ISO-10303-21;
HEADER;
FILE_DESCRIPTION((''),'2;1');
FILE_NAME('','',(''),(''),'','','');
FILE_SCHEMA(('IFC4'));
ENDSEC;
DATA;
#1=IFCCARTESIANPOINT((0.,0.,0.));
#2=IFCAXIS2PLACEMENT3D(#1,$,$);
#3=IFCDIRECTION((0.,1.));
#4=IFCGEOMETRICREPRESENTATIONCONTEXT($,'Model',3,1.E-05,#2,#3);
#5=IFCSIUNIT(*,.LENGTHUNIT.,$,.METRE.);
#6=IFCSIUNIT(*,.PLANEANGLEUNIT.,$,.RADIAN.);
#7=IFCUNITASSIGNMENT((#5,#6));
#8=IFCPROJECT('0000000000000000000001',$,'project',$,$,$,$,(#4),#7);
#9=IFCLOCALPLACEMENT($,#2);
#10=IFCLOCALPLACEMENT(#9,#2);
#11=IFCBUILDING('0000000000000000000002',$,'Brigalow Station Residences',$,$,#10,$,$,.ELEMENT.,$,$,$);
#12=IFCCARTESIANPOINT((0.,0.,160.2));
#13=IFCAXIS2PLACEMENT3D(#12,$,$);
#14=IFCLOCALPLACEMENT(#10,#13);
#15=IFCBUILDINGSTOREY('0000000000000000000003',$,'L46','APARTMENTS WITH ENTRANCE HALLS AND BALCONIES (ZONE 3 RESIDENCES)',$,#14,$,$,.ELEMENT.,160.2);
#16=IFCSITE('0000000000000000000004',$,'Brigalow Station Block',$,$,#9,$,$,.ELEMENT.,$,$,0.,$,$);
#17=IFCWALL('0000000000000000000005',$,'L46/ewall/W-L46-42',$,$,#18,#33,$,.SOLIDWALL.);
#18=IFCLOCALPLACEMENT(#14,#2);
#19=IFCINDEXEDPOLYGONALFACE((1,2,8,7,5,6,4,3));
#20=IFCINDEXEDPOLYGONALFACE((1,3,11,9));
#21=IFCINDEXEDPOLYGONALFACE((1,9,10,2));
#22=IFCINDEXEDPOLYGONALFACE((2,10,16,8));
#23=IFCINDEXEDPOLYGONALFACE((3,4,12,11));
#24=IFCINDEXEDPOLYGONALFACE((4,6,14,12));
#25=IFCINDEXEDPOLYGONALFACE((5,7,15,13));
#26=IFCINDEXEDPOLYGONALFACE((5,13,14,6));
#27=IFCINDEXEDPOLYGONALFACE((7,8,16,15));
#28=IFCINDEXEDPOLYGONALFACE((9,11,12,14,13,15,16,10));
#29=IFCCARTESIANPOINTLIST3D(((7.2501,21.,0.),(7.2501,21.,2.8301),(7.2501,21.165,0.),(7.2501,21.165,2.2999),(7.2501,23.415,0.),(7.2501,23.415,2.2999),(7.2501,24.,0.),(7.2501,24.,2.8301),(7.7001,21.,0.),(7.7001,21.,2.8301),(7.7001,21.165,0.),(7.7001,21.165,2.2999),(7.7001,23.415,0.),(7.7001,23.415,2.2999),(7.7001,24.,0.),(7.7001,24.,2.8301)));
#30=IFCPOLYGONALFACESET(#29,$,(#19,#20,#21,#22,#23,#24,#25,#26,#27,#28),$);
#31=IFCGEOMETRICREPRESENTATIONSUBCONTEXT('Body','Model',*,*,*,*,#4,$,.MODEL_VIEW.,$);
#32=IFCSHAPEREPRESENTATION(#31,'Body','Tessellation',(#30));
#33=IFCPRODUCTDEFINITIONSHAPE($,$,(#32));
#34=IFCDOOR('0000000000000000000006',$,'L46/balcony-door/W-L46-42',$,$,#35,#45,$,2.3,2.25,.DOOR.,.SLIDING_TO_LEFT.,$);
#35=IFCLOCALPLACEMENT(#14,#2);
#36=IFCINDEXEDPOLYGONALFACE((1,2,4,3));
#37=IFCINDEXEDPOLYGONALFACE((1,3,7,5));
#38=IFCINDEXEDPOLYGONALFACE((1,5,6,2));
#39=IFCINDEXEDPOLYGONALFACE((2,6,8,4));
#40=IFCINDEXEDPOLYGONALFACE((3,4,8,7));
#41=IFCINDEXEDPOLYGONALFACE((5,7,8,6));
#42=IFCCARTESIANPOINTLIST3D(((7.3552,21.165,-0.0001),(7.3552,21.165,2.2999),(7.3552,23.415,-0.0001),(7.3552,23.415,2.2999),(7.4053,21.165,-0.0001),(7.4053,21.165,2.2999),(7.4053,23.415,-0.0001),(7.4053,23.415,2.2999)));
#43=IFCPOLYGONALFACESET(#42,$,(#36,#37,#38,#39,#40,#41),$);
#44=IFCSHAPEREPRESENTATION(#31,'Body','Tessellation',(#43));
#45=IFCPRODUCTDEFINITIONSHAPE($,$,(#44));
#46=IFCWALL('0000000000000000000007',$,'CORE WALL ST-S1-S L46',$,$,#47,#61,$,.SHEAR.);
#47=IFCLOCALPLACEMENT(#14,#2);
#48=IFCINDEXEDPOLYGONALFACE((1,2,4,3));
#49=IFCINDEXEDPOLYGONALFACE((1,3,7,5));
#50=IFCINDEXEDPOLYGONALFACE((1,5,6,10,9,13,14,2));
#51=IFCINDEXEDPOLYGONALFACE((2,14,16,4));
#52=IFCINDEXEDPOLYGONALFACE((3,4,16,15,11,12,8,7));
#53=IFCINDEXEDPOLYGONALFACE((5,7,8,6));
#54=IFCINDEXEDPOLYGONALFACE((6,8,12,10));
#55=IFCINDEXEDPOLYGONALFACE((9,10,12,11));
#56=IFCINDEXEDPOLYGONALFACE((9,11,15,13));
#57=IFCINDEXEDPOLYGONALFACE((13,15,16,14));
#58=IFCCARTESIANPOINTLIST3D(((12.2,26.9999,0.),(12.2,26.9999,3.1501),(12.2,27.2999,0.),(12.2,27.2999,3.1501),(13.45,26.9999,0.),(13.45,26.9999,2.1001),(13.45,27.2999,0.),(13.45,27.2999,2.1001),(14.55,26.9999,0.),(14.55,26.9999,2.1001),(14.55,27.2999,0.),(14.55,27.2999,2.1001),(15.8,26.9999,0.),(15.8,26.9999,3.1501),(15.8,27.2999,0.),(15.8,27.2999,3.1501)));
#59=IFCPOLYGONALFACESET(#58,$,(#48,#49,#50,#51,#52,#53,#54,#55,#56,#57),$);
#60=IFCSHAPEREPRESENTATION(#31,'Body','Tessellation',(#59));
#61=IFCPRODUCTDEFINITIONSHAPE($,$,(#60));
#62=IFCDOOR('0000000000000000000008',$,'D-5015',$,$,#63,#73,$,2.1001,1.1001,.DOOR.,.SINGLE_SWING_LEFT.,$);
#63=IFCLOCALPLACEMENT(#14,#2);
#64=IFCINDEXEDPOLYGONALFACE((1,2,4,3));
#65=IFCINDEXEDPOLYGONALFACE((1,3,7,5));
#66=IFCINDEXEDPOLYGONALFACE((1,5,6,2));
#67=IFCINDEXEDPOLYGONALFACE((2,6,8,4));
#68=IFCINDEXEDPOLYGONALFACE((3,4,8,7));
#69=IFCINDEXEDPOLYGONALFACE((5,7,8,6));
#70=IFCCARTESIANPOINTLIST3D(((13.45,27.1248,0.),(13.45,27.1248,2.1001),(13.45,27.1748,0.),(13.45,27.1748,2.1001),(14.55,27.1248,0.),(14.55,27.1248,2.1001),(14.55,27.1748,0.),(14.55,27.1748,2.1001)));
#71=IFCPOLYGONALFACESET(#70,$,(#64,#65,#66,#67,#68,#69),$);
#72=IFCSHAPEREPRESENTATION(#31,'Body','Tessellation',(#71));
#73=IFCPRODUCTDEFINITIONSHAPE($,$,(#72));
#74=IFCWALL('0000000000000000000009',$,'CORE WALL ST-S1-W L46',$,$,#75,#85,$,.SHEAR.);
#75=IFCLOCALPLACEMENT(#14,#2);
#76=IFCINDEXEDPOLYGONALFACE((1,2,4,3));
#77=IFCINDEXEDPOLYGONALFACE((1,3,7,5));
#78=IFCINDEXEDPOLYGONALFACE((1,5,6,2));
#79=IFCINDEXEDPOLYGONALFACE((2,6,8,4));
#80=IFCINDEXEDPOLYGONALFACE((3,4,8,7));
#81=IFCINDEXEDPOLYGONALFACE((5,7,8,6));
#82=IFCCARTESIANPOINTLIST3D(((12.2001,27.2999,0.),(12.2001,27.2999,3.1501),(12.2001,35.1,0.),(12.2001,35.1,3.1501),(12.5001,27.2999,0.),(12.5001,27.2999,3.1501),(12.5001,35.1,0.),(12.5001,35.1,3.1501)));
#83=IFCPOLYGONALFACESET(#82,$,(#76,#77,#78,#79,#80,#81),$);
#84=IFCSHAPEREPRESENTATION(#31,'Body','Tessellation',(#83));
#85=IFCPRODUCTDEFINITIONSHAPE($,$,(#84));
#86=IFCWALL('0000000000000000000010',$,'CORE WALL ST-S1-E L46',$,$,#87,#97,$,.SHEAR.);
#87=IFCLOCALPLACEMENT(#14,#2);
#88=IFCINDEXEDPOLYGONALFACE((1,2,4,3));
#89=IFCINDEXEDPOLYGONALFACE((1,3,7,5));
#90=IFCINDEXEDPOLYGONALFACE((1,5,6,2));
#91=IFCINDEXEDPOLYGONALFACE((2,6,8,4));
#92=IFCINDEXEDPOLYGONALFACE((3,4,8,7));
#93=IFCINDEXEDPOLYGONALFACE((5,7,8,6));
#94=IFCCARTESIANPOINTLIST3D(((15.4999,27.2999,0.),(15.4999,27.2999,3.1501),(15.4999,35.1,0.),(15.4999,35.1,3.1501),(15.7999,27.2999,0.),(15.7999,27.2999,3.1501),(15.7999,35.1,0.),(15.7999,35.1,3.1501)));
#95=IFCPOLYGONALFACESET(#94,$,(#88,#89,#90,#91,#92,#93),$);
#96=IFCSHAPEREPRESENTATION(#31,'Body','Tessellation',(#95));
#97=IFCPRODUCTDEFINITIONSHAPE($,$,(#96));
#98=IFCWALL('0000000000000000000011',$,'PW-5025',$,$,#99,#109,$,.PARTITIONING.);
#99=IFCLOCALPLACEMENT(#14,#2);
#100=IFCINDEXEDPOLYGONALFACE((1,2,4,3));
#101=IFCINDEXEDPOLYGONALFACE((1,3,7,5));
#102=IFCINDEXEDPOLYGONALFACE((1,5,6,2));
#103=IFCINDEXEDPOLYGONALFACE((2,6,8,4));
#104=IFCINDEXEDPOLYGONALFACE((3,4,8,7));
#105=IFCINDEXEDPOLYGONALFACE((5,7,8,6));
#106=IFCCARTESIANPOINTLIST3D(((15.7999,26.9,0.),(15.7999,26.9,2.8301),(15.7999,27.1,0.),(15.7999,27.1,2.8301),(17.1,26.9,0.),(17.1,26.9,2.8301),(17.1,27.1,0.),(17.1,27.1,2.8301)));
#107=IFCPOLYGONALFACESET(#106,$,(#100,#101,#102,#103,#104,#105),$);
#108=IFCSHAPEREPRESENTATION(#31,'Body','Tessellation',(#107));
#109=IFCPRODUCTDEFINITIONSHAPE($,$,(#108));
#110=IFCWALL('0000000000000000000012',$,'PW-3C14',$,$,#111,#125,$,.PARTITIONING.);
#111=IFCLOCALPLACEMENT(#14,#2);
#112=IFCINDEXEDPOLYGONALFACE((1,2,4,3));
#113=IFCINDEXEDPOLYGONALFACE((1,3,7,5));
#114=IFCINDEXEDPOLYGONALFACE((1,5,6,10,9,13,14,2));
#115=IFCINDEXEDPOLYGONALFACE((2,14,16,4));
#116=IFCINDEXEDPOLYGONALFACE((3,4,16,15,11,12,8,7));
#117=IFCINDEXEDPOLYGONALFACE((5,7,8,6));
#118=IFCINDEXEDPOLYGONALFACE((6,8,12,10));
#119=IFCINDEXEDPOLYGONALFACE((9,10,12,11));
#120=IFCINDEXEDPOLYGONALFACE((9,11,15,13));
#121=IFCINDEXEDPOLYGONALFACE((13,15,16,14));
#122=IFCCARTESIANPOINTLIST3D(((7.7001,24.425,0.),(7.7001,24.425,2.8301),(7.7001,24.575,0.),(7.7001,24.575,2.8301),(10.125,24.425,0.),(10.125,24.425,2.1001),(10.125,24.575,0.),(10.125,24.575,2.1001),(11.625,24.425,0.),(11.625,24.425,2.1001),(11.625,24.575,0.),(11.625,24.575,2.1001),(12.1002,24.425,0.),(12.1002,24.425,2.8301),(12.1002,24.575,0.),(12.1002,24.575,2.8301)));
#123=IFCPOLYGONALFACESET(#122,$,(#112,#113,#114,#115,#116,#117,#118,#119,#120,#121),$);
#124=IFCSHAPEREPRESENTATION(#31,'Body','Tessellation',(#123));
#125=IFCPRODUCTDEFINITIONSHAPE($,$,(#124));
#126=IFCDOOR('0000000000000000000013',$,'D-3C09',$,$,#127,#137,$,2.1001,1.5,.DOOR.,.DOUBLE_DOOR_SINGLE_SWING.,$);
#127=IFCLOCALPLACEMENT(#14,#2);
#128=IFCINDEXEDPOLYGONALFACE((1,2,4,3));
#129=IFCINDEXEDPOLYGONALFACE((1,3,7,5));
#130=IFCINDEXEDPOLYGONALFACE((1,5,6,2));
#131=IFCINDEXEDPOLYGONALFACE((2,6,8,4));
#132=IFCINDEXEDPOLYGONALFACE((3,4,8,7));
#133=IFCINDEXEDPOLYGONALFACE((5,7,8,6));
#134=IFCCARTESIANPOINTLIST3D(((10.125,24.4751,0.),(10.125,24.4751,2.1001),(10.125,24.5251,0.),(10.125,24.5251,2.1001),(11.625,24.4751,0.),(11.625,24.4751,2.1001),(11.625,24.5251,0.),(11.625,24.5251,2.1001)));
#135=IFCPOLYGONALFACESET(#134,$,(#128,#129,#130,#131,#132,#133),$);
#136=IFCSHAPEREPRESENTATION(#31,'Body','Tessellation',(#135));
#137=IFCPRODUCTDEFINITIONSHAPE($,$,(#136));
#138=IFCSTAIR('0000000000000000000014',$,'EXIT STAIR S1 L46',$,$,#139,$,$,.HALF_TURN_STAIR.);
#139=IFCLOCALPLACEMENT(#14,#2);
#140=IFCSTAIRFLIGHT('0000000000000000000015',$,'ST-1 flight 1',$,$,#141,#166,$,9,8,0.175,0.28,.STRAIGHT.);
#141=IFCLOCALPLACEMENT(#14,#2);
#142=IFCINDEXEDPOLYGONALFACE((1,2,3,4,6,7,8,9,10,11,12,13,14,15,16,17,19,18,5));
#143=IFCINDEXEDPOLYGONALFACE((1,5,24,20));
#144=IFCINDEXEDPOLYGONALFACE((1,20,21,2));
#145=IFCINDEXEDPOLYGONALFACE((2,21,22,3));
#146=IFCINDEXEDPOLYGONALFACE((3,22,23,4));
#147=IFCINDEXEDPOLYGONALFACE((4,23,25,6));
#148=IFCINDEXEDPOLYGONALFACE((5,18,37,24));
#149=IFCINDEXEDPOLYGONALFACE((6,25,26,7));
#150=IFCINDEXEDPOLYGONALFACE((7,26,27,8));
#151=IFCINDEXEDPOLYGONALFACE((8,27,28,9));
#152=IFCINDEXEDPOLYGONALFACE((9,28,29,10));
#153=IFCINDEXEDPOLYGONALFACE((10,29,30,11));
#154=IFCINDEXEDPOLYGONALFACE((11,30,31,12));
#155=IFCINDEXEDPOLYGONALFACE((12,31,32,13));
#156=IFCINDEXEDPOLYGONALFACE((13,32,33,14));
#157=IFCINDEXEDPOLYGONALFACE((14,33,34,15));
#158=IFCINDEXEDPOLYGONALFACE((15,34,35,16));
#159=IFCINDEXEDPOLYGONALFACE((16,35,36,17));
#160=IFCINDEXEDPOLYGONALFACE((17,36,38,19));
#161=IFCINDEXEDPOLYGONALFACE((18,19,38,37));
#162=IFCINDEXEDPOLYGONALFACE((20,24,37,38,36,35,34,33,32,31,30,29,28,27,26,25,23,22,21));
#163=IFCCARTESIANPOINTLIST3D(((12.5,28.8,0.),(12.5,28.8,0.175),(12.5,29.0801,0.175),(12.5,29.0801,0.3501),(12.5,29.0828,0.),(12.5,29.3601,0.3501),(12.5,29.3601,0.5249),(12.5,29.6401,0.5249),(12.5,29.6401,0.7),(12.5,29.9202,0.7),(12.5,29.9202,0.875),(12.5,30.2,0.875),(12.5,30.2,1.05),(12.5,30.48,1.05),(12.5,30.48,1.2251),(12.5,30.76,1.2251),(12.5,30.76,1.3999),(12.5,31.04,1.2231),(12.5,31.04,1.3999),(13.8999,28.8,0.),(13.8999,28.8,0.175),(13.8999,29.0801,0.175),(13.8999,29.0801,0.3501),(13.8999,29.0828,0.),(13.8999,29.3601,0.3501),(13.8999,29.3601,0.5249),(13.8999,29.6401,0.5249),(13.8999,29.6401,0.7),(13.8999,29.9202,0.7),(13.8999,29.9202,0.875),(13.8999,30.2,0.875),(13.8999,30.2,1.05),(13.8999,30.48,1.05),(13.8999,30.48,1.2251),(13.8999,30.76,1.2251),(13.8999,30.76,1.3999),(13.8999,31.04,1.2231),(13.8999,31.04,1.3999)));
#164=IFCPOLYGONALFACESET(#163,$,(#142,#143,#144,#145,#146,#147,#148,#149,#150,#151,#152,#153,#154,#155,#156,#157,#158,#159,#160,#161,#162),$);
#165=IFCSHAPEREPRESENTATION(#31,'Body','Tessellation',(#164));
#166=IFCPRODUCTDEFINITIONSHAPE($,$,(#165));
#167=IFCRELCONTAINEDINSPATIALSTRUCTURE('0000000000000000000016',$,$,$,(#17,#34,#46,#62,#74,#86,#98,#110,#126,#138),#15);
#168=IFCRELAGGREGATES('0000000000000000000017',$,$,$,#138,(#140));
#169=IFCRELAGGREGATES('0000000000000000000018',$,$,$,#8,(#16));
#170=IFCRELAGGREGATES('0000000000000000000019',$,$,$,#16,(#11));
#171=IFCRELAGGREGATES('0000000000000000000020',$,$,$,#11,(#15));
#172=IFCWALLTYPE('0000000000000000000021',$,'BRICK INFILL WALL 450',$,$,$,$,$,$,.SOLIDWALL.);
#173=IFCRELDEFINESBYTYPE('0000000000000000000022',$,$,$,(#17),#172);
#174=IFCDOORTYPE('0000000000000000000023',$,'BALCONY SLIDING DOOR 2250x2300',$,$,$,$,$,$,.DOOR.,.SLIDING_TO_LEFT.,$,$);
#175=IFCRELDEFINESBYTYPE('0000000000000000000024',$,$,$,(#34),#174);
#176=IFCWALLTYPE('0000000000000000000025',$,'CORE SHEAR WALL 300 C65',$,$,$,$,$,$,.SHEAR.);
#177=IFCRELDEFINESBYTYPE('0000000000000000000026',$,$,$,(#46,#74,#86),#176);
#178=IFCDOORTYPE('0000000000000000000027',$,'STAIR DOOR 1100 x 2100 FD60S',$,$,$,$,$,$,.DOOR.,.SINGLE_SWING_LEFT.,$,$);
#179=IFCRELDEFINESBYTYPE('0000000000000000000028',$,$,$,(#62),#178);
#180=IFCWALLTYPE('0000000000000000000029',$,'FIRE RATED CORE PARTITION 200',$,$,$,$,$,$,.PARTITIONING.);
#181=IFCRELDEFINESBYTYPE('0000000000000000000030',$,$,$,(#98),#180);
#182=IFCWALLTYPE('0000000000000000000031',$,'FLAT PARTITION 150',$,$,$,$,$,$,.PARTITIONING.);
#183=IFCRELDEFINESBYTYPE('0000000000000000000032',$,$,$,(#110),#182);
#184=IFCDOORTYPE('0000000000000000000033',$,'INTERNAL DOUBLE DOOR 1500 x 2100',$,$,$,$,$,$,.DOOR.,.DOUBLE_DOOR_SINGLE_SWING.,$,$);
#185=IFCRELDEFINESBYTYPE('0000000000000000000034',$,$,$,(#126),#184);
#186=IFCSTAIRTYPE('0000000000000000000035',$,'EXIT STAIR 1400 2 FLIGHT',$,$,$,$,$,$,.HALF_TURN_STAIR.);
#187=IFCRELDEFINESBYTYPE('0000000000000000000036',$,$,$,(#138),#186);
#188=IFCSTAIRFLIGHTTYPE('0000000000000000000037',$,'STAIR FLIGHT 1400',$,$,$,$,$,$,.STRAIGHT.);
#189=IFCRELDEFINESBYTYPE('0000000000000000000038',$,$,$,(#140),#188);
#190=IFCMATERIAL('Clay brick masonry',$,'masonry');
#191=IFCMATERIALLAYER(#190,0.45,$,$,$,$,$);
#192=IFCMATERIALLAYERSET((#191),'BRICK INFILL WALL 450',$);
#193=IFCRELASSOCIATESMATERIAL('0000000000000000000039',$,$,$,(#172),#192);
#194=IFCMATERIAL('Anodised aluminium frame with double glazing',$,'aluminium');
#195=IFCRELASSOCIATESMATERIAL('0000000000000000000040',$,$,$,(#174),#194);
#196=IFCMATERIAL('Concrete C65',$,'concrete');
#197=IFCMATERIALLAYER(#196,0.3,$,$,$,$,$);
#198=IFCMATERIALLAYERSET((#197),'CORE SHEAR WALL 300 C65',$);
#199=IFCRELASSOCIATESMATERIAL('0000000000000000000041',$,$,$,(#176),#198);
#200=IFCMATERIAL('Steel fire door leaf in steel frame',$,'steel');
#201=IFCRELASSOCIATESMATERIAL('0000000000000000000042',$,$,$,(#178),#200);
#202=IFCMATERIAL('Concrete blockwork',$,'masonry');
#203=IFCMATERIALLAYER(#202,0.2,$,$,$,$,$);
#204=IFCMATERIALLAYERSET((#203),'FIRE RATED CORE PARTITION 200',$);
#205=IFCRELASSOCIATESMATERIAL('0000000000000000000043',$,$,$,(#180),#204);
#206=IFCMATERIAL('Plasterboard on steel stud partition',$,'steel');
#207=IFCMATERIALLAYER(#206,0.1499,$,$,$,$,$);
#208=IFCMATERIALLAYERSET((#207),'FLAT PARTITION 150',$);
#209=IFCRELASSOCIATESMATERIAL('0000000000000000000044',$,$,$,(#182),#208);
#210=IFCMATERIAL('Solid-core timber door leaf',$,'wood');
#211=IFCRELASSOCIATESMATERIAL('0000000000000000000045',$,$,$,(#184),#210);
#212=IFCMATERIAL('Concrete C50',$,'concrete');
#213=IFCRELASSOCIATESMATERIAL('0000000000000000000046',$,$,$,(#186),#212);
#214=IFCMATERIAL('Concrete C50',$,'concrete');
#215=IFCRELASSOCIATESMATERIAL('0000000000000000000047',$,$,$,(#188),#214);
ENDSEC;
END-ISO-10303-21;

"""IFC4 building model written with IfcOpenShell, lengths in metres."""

from ifc_helpers import new_model, si_unit, direction, frame, frame_2d, origin, place, context, subcontext, project, spatial, polyline, rectangle, outline, extrude, material, layer, layer_set, type_object, element, fill, aggregate, save


model = new_model("IFC4")

# Units and contexts
model_context = context("Model", 3, precision=1e-05, world=origin(), true_north=direction((0.0, 1.0)))
body_context = subcontext(model_context, "Body", "Model", "MODEL_VIEW")
ifc_project = project(units=[si_unit("LENGTHUNIT", "METRE"), si_unit("PLANEANGLEUNIT", "RADIAN")], contexts=[model_context])

# Site, building, storey
site_placement = place(None, origin())
site = spatial("IfcSite", under=ifc_project, at=site_placement, Name="Brigalow Station Block", CompositionType="ELEMENT", RefElevation=0.0)
building_placement = place(site_placement, origin())
building = spatial("IfcBuilding", under=site, at=building_placement, Name="Brigalow Station Residences", CompositionType="ELEMENT")
storey_placement = place(building_placement, frame((0.0, 0.0, 160.2)))
storey = spatial("IfcBuildingStorey", under=building, at=storey_placement, Name="L46", Description="APARTMENTS WITH ENTRANCE HALLS AND BALCONIES (ZONE 3 RESIDENCES)", CompositionType="ELEMENT", Elevation=160.2)

# Shared definitions
ifc_material_1 = material(Name="Clay brick masonry", Category="masonry")
ifc_layer_1 = layer(ifc_material_1, 0.45)
ifc_layer_set_1 = layer_set([ifc_layer_1], Name="BRICK INFILL WALL 450")
wall_type_1 = type_object("IfcWallType", Name="BRICK INFILL WALL 450", PredefinedType="SOLIDWALL", material=ifc_layer_set_1)

# Walls, openings, doors
wall_1_placement = place(storey_placement, frame((7.4751, 24.0, 0.0), z_axis=(0.0, 0.0, 1.0), x_axis=(0.0, -1.0, 0.0)))
wall_1 = element("IfcWall", 1, at=wall_1_placement, inside=storey, type_object=wall_type_1, Name="L46/ewall/W-L46-42", PredefinedType="SOLIDWALL", context=body_context, shape_type="SweptSolid", body=[
    extrude(rectangle(XDim=3.0, YDim=0.45, at=frame_2d((1.5, 0.0))), origin(), (0.0, 0.0, 1.0), 2.8301),
])
opening_1_placement = place(wall_1_placement, frame((0.585, 0.0, 0.0)))
opening_1 = element("IfcOpeningElement", 2, at=opening_1_placement, cuts=wall_1, PredefinedType="OPENING", context=body_context, shape_type="SweptSolid", body=[
    extrude(rectangle(XDim=2.25, YDim=2.3, at=frame_2d((1.125, 1.1499))), frame((0.0, 0.2349, 0.0), z_axis=(0.0, -1.0, 0.0), x_axis=(1.0, 0.0, 0.0)), (0.0, 0.0, 1.0), 0.47),
])
ifc_material_2 = material(Name="Anodised aluminium frame with double glazing", Category="aluminium")
door_type_1 = type_object("IfcDoorType", Name="BALCONY SLIDING DOOR 2250x2300", OperationType="SLIDING_TO_LEFT", PredefinedType="DOOR", material=ifc_material_2)
door_1_placement = place(opening_1_placement, origin())
door_1 = element("IfcDoor", 3, at=door_1_placement, inside=storey, type_object=door_type_1, Name="L46/balcony-door/W-L46-42", OperationType="SLIDING_TO_LEFT", OverallHeight=2.3, OverallWidth=2.25, PredefinedType="DOOR", context=body_context, shape_type="SweptSolid", body=[
    extrude(rectangle(XDim=2.25, YDim=2.3, at=frame_2d((1.125, 1.1499))), frame((0.0, -0.0698, 0.0), z_axis=(0.0, -1.0, 0.0), x_axis=(1.0, 0.0, 0.0)), (0.0, 0.0, 1.0), 0.05),
])
fill(opening_1, door_1)
ifc_material_3 = material(Name="Concrete C65", Category="concrete")
ifc_layer_2 = layer(ifc_material_3, 0.3)
ifc_layer_set_2 = layer_set([ifc_layer_2], Name="CORE SHEAR WALL 300 C65")
wall_type_2 = type_object("IfcWallType", Name="CORE SHEAR WALL 300 C65", PredefinedType="SHEAR", material=ifc_layer_set_2)
wall_2_placement = place(storey_placement, frame((12.2, 27.1499, 0.0), z_axis=(0.0, 0.0, 1.0), x_axis=(1.0, 0.0, 0.0)))
wall_2 = element("IfcWall", 4, at=wall_2_placement, inside=storey, type_object=wall_type_2, Name="CORE WALL ST-S1-S L46", PredefinedType="SHEAR", context=body_context, shape_type="SweptSolid", body=[
    extrude(rectangle(XDim=3.6001, YDim=0.3, at=frame_2d((1.8, 0.0))), origin(), (0.0, 0.0, 1.0), 3.1501),
])
opening_2_placement = place(wall_2_placement, frame((1.25, 0.0, 0.0)))
opening_2 = element("IfcOpeningElement", 5, at=opening_2_placement, cuts=wall_2, PredefinedType="OPENING", context=body_context, shape_type="SweptSolid", body=[
    extrude(rectangle(XDim=1.1001, YDim=2.1001, at=frame_2d((0.55, 1.05))), frame((0.0, 0.1602, 0.0), z_axis=(0.0, -1.0, 0.0), x_axis=(1.0, 0.0, 0.0)), (0.0, 0.0, 1.0), 0.3201),
])
ifc_material_4 = material(Name="Steel fire door leaf in steel frame", Category="steel")
door_type_2 = type_object("IfcDoorType", Name="STAIR DOOR 1100 x 2100 FD60S", OperationType="SINGLE_SWING_LEFT", PredefinedType="DOOR", material=ifc_material_4)
door_2_placement = place(opening_2_placement, origin())
door_2 = element("IfcDoor", 6, at=door_2_placement, inside=storey, type_object=door_type_2, Name="D-5015", OperationType="SINGLE_SWING_LEFT", OverallHeight=2.1001, OverallWidth=1.1001, PredefinedType="DOOR", context=body_context, shape_type="SweptSolid", body=[
    extrude(rectangle(XDim=1.1001, YDim=2.1001, at=frame_2d((0.55, 1.05))), frame((0.0, 0.0249, 0.0), z_axis=(0.0, -1.0, 0.0), x_axis=(1.0, 0.0, 0.0)), (0.0, 0.0, 1.0), 0.05),
])
fill(opening_2, door_2)

# Walls
for number, where, z_axis, x_axis, name in (
    (7, (12.3501, 27.3, 0.0), (0.0, 0.0, 1.0), (0.0, 1.0, 0.0), "CORE WALL ST-S1-W L46"),
    (8, (15.6499, 27.3, 0.0), (0.0, 0.0, 1.0), (0.0, 1.0, 0.0), "CORE WALL ST-S1-E L46"),
):
    element("IfcWall", number, at=place(storey_placement, frame(where, z_axis=z_axis, x_axis=x_axis)), inside=storey, type_object=wall_type_2, Name=name, PredefinedType="SHEAR", context=body_context, shape_type="SweptSolid", body=[
        extrude(rectangle(XDim=7.8, YDim=0.3, at=frame_2d((3.8999, 0.0))), origin(), (0.0, 0.0, 1.0), 3.1501),
    ])
ifc_material_5 = material(Name="Concrete blockwork", Category="masonry")
ifc_layer_3 = layer(ifc_material_5, 0.2)
ifc_layer_set_3 = layer_set([ifc_layer_3], Name="FIRE RATED CORE PARTITION 200")
wall_type_3 = type_object("IfcWallType", Name="FIRE RATED CORE PARTITION 200", PredefinedType="PARTITIONING", material=ifc_layer_set_3)
wall_3_placement = place(storey_placement, frame((15.8, 27.0, 0.0), z_axis=(0.0, 0.0, 1.0), x_axis=(1.0, 0.0, 0.0)))
element("IfcWall", 9, at=wall_3_placement, inside=storey, type_object=wall_type_3, Name="PW-5025", PredefinedType="PARTITIONING", context=body_context, shape_type="SweptSolid", body=[
    extrude(rectangle(XDim=1.3, YDim=0.2, at=frame_2d((0.6499, 0.0))), origin(), (0.0, 0.0, 1.0), 2.8301),
])

# Wall, opening, door
ifc_material_6 = material(Name="Plasterboard on steel stud partition", Category="steel")
ifc_layer_4 = layer(ifc_material_6, 0.1499)
ifc_layer_set_4 = layer_set([ifc_layer_4], Name="FLAT PARTITION 150")
wall_type_4 = type_object("IfcWallType", Name="FLAT PARTITION 150", PredefinedType="PARTITIONING", material=ifc_layer_set_4)
wall_4_placement = place(storey_placement, frame((7.7, 24.5, 0.0), z_axis=(0.0, 0.0, 1.0), x_axis=(1.0, 0.0, 0.0)))
wall_4 = element("IfcWall", 10, at=wall_4_placement, inside=storey, type_object=wall_type_4, Name="PW-3C14", PredefinedType="PARTITIONING", context=body_context, shape_type="SweptSolid", body=[
    extrude(rectangle(XDim=4.4001, YDim=0.1499, at=frame_2d((2.2002, 0.0))), origin(), (0.0, 0.0, 1.0), 2.8301),
])
opening_3_placement = place(wall_4_placement, frame((2.425, 0.0, 0.0)))
opening_3 = element("IfcOpeningElement", 11, at=opening_3_placement, cuts=wall_4, PredefinedType="OPENING", context=body_context, shape_type="SweptSolid", body=[
    extrude(rectangle(XDim=1.5, YDim=2.1001, at=frame_2d((0.75, 1.05))), frame((0.0, 0.085, 0.0), z_axis=(0.0, -1.0, 0.0), x_axis=(1.0, 0.0, 0.0)), (0.0, 0.0, 1.0), 0.1699),
])
ifc_material_7 = material(Name="Solid-core timber door leaf", Category="wood")
door_type_3 = type_object("IfcDoorType", Name="INTERNAL DOUBLE DOOR 1500 x 2100", OperationType="DOUBLE_DOOR_SINGLE_SWING", PredefinedType="DOOR", material=ifc_material_7)
door_3_placement = place(opening_3_placement, frame((1.5, 0.0, 0.0), z_axis=(0.0, 0.0, 1.0), x_axis=(-1.0, 0.0, 0.0)))
door_3 = element("IfcDoor", 12, at=door_3_placement, inside=storey, type_object=door_type_3, Name="D-3C09", OperationType="DOUBLE_DOOR_SINGLE_SWING", OverallHeight=2.1001, OverallWidth=1.5, PredefinedType="DOOR", context=body_context, shape_type="SweptSolid", body=[
    extrude(rectangle(XDim=1.5, YDim=2.1001, at=frame_2d((0.75, 1.05))), frame((0.0, 0.0249, 0.0), z_axis=(0.0, -1.0, 0.0), x_axis=(1.0, 0.0, 0.0)), (0.0, 0.0, 1.0), 0.05),
])
fill(opening_3, door_3)

# Stair, stair flight
ifc_material_8 = material(Name="Concrete C50", Category="concrete")
stair_type = type_object("IfcStairType", Name="EXIT STAIR 1400 2 FLIGHT", PredefinedType="HALF_TURN_STAIR", material=ifc_material_8)
stair_placement = place(storey_placement, origin())
stair = element("IfcStair", 13, at=stair_placement, inside=storey, type_object=stair_type, Name="EXIT STAIR S1 L46", PredefinedType="HALF_TURN_STAIR")
ifc_material_9 = material(Name="Concrete C50", Category="concrete")
stair_flight_type = type_object("IfcStairFlightType", Name="STAIR FLIGHT 1400", PredefinedType="STRAIGHT", material=ifc_material_9)
stair_flight_1_placement = place(storey_placement, frame((13.2, 28.8, 0.0), z_axis=(0.0, 0.0, 1.0), x_axis=(0.0, 1.0, 0.0)))
stair_flight_1 = element("IfcStairFlight", 14, at=stair_flight_1_placement, type_object=stair_flight_type, Name="ST-1 flight 1", NumberOfRisers=9, NumberOfTreads=8, PredefinedType="STRAIGHT", RiserHeight=0.175, TreadLength=0.28, context=body_context, shape_type="SweptSolid", body=[
    extrude(outline(polyline([(0.0, 0.0), (0.0, 0.175), (0.28, 0.175), (0.28, 0.3501), (0.5601, 0.3501), (0.5601, 0.5249), (0.8401, 0.5249), (0.8401, 0.7), (1.1201, 0.7), (1.1201, 0.875), (1.3999, 0.875), (1.3999, 1.05), (1.6799, 1.05), (1.6799, 1.2251), (1.96, 1.2251), (1.96, 1.3999), (2.24, 1.3999), (2.24, 1.575), (2.24, 1.2231), (0.2827, 0.0), (0.0, 0.0)])), frame((0.0, 0.7, 0.0), z_axis=(0.0, -1.0, 0.0), x_axis=(1.0, 0.0, 0.0)), (0.0, 0.0, 1.0), 1.3999),
])
aggregate(stair, [stair_flight_1])

save(model, "model.ifc")
